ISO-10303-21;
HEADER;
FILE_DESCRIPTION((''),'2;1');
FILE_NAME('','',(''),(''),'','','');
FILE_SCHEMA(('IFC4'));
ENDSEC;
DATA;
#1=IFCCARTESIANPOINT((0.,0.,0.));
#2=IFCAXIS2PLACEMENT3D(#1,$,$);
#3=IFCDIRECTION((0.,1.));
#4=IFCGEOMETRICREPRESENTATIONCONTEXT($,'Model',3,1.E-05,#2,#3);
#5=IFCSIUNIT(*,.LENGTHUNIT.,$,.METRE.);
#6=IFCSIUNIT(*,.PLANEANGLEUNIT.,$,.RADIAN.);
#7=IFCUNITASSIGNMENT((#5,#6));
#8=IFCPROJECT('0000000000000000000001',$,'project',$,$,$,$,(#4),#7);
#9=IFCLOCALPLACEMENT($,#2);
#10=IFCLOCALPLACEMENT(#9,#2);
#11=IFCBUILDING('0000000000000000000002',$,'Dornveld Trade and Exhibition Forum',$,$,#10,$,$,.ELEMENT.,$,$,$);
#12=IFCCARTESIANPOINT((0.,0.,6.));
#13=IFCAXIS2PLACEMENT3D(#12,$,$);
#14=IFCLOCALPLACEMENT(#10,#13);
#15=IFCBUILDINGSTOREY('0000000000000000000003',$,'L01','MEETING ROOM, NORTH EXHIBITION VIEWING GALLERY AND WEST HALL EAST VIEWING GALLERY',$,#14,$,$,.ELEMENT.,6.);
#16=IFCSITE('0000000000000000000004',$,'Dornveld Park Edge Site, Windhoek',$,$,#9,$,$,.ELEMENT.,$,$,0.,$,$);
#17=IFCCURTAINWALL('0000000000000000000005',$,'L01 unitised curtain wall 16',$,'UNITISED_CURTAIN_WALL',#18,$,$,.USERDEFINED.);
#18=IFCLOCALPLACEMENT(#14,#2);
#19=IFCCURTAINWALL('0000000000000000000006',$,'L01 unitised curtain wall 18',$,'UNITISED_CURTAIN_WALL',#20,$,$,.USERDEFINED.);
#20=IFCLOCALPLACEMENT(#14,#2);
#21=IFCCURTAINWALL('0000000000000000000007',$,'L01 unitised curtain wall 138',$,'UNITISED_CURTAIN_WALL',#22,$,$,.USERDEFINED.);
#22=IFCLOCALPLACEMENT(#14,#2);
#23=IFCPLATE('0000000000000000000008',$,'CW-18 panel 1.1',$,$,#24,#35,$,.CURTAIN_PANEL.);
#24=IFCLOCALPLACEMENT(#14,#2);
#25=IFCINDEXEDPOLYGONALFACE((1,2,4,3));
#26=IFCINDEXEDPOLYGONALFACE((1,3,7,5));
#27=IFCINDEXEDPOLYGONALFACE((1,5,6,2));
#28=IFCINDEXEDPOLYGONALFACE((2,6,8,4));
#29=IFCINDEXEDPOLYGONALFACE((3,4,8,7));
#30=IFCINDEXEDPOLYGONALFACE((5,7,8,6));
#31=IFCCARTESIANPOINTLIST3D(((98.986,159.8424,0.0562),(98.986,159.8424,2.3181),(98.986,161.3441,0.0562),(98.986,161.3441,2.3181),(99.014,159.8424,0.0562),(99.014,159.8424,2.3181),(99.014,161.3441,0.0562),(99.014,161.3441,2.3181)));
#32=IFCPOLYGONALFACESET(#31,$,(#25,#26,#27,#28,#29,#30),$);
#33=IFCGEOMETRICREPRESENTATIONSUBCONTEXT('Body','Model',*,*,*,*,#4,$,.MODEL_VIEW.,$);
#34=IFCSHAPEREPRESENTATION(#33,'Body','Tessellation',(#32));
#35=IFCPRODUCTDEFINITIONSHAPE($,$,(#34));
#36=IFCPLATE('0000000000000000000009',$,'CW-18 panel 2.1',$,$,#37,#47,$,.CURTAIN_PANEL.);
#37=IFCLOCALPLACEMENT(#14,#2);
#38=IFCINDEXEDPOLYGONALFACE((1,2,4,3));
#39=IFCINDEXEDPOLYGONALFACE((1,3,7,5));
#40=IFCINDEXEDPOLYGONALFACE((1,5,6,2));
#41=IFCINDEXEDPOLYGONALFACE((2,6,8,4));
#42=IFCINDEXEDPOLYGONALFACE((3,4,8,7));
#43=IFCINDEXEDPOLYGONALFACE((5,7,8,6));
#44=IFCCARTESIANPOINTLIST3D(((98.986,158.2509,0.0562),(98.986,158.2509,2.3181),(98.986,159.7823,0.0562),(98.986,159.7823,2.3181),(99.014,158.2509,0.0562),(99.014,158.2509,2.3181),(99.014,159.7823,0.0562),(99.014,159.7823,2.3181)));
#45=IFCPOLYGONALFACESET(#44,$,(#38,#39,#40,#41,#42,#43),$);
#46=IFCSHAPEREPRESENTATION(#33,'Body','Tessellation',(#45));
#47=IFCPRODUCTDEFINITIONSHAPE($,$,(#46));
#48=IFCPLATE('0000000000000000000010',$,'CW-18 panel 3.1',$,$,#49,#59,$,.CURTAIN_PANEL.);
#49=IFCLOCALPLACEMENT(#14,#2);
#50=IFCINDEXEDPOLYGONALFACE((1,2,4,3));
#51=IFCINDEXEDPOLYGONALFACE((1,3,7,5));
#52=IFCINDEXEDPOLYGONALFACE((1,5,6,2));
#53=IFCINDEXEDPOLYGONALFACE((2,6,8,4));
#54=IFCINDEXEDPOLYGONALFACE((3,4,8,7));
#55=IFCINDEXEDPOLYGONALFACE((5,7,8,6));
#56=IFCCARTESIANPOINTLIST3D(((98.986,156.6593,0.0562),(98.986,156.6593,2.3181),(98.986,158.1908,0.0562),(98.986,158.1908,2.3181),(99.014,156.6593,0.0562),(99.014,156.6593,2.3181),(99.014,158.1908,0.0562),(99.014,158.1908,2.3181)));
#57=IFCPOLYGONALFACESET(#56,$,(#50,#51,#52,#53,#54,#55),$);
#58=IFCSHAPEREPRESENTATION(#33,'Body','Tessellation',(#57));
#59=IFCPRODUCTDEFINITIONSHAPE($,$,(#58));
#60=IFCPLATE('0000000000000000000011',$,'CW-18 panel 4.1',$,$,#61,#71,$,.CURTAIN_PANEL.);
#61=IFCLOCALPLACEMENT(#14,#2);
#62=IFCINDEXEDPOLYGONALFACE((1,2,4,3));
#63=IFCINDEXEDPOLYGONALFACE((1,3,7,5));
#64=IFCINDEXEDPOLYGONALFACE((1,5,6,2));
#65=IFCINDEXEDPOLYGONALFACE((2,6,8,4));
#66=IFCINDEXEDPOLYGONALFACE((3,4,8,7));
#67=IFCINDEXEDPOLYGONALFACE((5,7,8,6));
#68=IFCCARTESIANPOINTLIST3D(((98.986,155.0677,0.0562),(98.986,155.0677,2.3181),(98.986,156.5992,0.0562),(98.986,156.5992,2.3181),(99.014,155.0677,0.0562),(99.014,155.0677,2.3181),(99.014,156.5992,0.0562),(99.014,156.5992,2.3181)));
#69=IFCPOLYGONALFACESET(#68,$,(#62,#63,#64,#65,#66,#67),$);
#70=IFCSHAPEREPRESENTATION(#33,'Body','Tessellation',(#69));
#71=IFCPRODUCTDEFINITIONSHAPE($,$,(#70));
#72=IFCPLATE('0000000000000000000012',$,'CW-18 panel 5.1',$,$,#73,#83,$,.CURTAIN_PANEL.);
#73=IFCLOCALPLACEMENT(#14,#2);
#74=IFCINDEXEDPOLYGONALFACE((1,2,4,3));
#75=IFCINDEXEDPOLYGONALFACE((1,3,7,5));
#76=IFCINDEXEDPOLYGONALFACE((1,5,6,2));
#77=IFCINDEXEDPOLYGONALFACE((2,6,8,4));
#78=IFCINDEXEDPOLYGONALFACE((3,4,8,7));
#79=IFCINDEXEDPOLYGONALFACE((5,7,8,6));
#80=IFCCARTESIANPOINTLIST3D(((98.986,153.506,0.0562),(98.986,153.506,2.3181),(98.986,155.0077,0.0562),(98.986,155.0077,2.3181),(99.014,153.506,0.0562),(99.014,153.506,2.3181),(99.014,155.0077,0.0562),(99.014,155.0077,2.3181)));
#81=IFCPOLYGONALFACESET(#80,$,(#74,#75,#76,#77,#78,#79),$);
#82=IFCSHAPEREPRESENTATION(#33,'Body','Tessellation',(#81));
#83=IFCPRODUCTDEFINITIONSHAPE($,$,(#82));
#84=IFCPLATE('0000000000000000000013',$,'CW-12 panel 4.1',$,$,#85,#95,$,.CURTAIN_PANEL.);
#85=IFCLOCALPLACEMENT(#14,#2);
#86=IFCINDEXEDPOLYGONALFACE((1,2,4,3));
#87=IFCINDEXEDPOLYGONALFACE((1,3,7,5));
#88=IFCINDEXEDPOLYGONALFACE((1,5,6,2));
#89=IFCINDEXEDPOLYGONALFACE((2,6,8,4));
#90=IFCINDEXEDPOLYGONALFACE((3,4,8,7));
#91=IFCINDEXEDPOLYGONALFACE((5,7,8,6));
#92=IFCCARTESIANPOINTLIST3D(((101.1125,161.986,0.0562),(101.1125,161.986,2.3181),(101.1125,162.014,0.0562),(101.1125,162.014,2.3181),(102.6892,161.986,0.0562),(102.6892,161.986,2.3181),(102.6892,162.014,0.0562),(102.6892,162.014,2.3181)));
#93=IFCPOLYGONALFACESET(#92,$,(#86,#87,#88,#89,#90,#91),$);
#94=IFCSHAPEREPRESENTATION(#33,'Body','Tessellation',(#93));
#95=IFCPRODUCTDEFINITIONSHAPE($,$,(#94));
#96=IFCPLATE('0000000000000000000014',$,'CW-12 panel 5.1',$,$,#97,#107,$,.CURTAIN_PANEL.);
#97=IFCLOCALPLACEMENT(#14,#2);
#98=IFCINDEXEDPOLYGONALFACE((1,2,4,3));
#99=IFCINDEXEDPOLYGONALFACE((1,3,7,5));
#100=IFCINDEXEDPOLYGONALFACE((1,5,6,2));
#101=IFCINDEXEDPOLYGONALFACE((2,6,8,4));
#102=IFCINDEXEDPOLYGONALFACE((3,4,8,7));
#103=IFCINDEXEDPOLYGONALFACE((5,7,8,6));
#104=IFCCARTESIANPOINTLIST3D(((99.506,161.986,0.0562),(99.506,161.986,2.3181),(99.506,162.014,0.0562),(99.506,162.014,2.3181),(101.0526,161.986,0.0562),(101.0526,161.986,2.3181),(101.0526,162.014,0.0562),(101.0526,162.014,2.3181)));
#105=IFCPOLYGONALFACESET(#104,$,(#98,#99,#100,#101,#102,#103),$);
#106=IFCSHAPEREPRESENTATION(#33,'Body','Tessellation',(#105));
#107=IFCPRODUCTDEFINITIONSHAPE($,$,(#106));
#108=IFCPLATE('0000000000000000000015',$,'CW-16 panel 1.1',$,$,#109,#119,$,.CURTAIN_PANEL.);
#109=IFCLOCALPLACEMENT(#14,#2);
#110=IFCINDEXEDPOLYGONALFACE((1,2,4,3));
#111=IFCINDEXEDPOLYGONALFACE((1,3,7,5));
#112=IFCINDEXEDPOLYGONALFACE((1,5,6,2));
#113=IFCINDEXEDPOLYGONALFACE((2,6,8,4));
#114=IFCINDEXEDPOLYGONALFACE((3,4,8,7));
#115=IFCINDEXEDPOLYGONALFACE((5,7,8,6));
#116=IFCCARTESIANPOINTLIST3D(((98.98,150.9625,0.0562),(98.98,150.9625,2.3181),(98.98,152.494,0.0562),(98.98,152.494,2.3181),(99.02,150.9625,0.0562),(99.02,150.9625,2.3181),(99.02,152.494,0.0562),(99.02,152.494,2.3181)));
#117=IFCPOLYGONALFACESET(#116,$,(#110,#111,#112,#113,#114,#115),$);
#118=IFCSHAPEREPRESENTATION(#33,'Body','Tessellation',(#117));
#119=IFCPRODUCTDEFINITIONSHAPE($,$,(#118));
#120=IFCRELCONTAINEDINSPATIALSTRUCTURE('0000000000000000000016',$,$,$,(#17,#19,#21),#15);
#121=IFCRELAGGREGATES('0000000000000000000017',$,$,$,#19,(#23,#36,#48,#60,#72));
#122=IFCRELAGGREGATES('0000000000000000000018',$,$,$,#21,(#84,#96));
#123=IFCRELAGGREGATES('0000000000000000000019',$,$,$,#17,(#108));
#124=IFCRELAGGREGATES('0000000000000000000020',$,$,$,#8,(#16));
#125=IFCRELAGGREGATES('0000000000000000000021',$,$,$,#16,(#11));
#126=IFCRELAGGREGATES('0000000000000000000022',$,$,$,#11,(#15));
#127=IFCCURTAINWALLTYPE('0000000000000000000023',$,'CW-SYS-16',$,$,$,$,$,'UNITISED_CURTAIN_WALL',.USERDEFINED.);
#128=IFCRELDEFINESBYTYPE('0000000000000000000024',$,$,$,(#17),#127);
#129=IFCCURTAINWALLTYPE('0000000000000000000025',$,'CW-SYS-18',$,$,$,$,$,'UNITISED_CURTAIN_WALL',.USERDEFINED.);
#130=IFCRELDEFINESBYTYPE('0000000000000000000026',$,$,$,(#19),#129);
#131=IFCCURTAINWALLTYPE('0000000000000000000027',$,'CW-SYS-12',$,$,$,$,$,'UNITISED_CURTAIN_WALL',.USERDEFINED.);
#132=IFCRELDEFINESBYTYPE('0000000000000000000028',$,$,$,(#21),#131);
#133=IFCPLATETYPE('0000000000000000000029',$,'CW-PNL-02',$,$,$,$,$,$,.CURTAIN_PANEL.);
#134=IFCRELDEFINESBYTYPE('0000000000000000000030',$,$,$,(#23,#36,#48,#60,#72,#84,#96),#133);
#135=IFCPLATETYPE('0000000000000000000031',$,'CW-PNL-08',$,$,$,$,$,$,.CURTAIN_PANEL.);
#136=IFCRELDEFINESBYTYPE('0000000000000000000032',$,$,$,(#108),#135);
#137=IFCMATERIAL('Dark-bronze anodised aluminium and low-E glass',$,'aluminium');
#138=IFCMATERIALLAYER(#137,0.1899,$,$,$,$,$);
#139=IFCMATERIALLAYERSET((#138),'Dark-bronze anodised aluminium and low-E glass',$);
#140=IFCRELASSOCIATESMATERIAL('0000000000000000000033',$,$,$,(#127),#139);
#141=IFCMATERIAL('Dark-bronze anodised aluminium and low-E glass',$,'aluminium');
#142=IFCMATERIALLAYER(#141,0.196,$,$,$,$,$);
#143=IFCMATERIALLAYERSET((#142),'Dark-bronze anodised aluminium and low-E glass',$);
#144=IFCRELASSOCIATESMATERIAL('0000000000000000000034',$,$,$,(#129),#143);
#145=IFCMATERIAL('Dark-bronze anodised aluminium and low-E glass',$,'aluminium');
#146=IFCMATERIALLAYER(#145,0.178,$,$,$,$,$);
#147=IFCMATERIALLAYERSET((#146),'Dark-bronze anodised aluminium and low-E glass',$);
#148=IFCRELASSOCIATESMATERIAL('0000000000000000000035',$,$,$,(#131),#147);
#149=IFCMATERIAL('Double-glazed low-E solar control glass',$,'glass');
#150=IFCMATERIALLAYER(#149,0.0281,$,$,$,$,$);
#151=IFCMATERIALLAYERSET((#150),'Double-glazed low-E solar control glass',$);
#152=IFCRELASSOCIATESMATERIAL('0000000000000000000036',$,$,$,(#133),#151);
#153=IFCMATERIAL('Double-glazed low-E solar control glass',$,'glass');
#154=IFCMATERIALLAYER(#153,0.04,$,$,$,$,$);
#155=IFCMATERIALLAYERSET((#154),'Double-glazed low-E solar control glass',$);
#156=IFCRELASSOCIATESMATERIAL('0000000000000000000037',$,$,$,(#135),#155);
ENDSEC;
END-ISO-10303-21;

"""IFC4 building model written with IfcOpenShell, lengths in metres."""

from ifc_helpers import new_model, si_unit, direction, frame, origin, origin_2d, place, context, subcontext, project, spatial, rectangle, extrude, material, layer, layer_set, type_object, element, aggregate, save


model = new_model("IFC4")

# Units and contexts
model_context = context("Model", 3, precision=1e-05, world=origin(), true_north=direction((0.0, 1.0)))
body_context = subcontext(model_context, "Body", "Model", "MODEL_VIEW")
ifc_project = project(units=[si_unit("LENGTHUNIT", "METRE"), si_unit("PLANEANGLEUNIT", "RADIAN")], contexts=[model_context])

# Site, building, storey
site_placement = place(None, origin())
site = spatial("IfcSite", under=ifc_project, at=site_placement, Name="Dornveld Park Edge Site, Windhoek", CompositionType="ELEMENT", RefElevation=0.0)
building_placement = place(site_placement, origin())
building = spatial("IfcBuilding", under=site, at=building_placement, Name="Dornveld Trade and Exhibition Forum", CompositionType="ELEMENT")
storey_placement = place(building_placement, frame((0.0, 0.0, 6.0)))
storey = spatial("IfcBuildingStorey", under=building, at=storey_placement, Name="L01", Description="MEETING ROOM, NORTH EXHIBITION VIEWING GALLERY AND WEST HALL EAST VIEWING GALLERY", CompositionType="ELEMENT", Elevation=6.0)

# Curtain walls
ifc_material_1 = material(Name="Dark-bronze anodised aluminium and low-E glass", Category="aluminium")
ifc_layer_1 = layer(ifc_material_1, 0.1899)
ifc_layer_set_1 = layer_set([ifc_layer_1], Name="Dark-bronze anodised aluminium and low-E glass")
curtain_wall_type_1 = type_object("IfcCurtainWallType", Name="CW-SYS-16", ElementType="UNITISED_CURTAIN_WALL", PredefinedType="USERDEFINED", material=ifc_layer_set_1)
curtain_wall_1_placement = place(storey_placement, origin())
curtain_wall_1 = element("IfcCurtainWall", 1, at=curtain_wall_1_placement, inside=storey, type_object=curtain_wall_type_1, Name="L01 unitised curtain wall 16", ObjectType="UNITISED_CURTAIN_WALL", PredefinedType="USERDEFINED")
ifc_material_2 = material(Name="Dark-bronze anodised aluminium and low-E glass", Category="aluminium")
ifc_layer_2 = layer(ifc_material_2, 0.196)
ifc_layer_set_2 = layer_set([ifc_layer_2], Name="Dark-bronze anodised aluminium and low-E glass")
curtain_wall_type_2 = type_object("IfcCurtainWallType", Name="CW-SYS-18", ElementType="UNITISED_CURTAIN_WALL", PredefinedType="USERDEFINED", material=ifc_layer_set_2)
curtain_wall_2_placement = place(storey_placement, origin())
curtain_wall_2 = element("IfcCurtainWall", 2, at=curtain_wall_2_placement, inside=storey, type_object=curtain_wall_type_2, Name="L01 unitised curtain wall 18", ObjectType="UNITISED_CURTAIN_WALL", PredefinedType="USERDEFINED")
ifc_material_3 = material(Name="Dark-bronze anodised aluminium and low-E glass", Category="aluminium")
ifc_layer_3 = layer(ifc_material_3, 0.178)
ifc_layer_set_3 = layer_set([ifc_layer_3], Name="Dark-bronze anodised aluminium and low-E glass")
curtain_wall_type_3 = type_object("IfcCurtainWallType", Name="CW-SYS-12", ElementType="UNITISED_CURTAIN_WALL", PredefinedType="USERDEFINED", material=ifc_layer_set_3)
curtain_wall_3_placement = place(storey_placement, origin())
curtain_wall_3 = element("IfcCurtainWall", 3, at=curtain_wall_3_placement, inside=storey, type_object=curtain_wall_type_3, Name="L01 unitised curtain wall 138", ObjectType="UNITISED_CURTAIN_WALL", PredefinedType="USERDEFINED")

# Plates
ifc_material_4 = material(Name="Double-glazed low-E solar control glass", Category="glass")
ifc_layer_4 = layer(ifc_material_4, 0.0281)
ifc_layer_set_4 = layer_set([ifc_layer_4], Name="Double-glazed low-E solar control glass")
plate_type_1 = type_object("IfcPlateType", Name="CW-PNL-02", PredefinedType="CURTAIN_PANEL", material=ifc_layer_set_4)
plate_1_placement = place(storey_placement, frame((99.0, 160.5933, 0.0562), z_axis=(0.0, 0.0, 1.0), x_axis=(0.0, -1.0, 0.0)))
plate_1 = element("IfcPlate", 4, at=plate_1_placement, type_object=plate_type_1, Name="CW-18 panel 1.1", PredefinedType="CURTAIN_PANEL", context=body_context, shape_type="SweptSolid", body=[
    extrude(rectangle(XDim=1.5017, YDim=0.0281, at=origin_2d()), origin(), (0.0, 0.0, 1.0), 2.262),
])
plate_2_placement = place(storey_placement, frame((99.0, 159.0166, 0.0562), z_axis=(0.0, 0.0, 1.0), x_axis=(0.0, -1.0, 0.0)))
plate_2 = element("IfcPlate", 5, at=plate_2_placement, type_object=plate_type_1, Name="CW-18 panel 2.1", PredefinedType="CURTAIN_PANEL", context=body_context, shape_type="SweptSolid", body=[
    extrude(rectangle(XDim=1.5315, YDim=0.0281, at=origin_2d()), origin(), (0.0, 0.0, 1.0), 2.262),
])
plate_3_placement = place(storey_placement, frame((99.0, 157.425, 0.0562), z_axis=(0.0, 0.0, 1.0), x_axis=(0.0, -1.0, 0.0)))
plate_3 = element("IfcPlate", 6, at=plate_3_placement, type_object=plate_type_1, Name="CW-18 panel 3.1", PredefinedType="CURTAIN_PANEL", context=body_context, shape_type="SweptSolid", body=[
    extrude(rectangle(XDim=1.5315, YDim=0.0281, at=origin_2d()), origin(), (0.0, 0.0, 1.0), 2.262),
])
plate_4_placement = place(storey_placement, frame((99.0, 155.8335, 0.0562), z_axis=(0.0, 0.0, 1.0), x_axis=(0.0, -1.0, 0.0)))
plate_4 = element("IfcPlate", 7, at=plate_4_placement, type_object=plate_type_1, Name="CW-18 panel 4.1", PredefinedType="CURTAIN_PANEL", context=body_context, shape_type="SweptSolid", body=[
    extrude(rectangle(XDim=1.5315, YDim=0.0281, at=origin_2d()), origin(), (0.0, 0.0, 1.0), 2.262),
])
plate_5_placement = place(storey_placement, frame((99.0, 154.2568, 0.0562), z_axis=(0.0, 0.0, 1.0), x_axis=(0.0, -1.0, 0.0)))
plate_5 = element("IfcPlate", 8, at=plate_5_placement, type_object=plate_type_1, Name="CW-18 panel 5.1", PredefinedType="CURTAIN_PANEL", context=body_context, shape_type="SweptSolid", body=[
    extrude(rectangle(XDim=1.5017, YDim=0.0281, at=origin_2d()), origin(), (0.0, 0.0, 1.0), 2.262),
])
aggregate(curtain_wall_2, [plate_1, plate_2, plate_3, plate_4, plate_5])
plate_6_placement = place(storey_placement, frame((101.9009, 162.0, 0.0562), z_axis=(0.0, 0.0, 1.0), x_axis=(-1.0, 0.0, 0.0)))
plate_6 = element("IfcPlate", 9, at=plate_6_placement, type_object=plate_type_1, Name="CW-12 panel 4.1", PredefinedType="CURTAIN_PANEL", context=body_context, shape_type="SweptSolid", body=[
    extrude(rectangle(XDim=1.5767, YDim=0.0281, at=origin_2d()), origin(), (0.0, 0.0, 1.0), 2.262),
])
plate_7_placement = place(storey_placement, frame((100.2793, 162.0, 0.0562), z_axis=(0.0, 0.0, 1.0), x_axis=(-1.0, 0.0, 0.0)))
plate_7 = element("IfcPlate", 10, at=plate_7_placement, type_object=plate_type_1, Name="CW-12 panel 5.1", PredefinedType="CURTAIN_PANEL", context=body_context, shape_type="SweptSolid", body=[
    extrude(rectangle(XDim=1.5466, YDim=0.0281, at=origin_2d()), origin(), (0.0, 0.0, 1.0), 2.262),
])
aggregate(curtain_wall_3, [plate_6, plate_7])
ifc_material_5 = material(Name="Double-glazed low-E solar control glass", Category="glass")
ifc_layer_5 = layer(ifc_material_5, 0.04)
ifc_layer_set_5 = layer_set([ifc_layer_5], Name="Double-glazed low-E solar control glass")
plate_type_2 = type_object("IfcPlateType", Name="CW-PNL-08", PredefinedType="CURTAIN_PANEL", material=ifc_layer_set_5)
plate_8_placement = place(storey_placement, frame((99.0, 151.7283, 0.0562), z_axis=(0.0, 0.0, 1.0), x_axis=(0.0, -1.0, 0.0)))
plate_8 = element("IfcPlate", 11, at=plate_8_placement, type_object=plate_type_2, Name="CW-16 panel 1.1", PredefinedType="CURTAIN_PANEL", context=body_context, shape_type="SweptSolid", body=[
    extrude(rectangle(XDim=1.5315, YDim=0.04, at=origin_2d()), origin(), (0.0, 0.0, 1.0), 2.262),
])
aggregate(curtain_wall_1, [plate_8])

save(model, "model.ifc")
